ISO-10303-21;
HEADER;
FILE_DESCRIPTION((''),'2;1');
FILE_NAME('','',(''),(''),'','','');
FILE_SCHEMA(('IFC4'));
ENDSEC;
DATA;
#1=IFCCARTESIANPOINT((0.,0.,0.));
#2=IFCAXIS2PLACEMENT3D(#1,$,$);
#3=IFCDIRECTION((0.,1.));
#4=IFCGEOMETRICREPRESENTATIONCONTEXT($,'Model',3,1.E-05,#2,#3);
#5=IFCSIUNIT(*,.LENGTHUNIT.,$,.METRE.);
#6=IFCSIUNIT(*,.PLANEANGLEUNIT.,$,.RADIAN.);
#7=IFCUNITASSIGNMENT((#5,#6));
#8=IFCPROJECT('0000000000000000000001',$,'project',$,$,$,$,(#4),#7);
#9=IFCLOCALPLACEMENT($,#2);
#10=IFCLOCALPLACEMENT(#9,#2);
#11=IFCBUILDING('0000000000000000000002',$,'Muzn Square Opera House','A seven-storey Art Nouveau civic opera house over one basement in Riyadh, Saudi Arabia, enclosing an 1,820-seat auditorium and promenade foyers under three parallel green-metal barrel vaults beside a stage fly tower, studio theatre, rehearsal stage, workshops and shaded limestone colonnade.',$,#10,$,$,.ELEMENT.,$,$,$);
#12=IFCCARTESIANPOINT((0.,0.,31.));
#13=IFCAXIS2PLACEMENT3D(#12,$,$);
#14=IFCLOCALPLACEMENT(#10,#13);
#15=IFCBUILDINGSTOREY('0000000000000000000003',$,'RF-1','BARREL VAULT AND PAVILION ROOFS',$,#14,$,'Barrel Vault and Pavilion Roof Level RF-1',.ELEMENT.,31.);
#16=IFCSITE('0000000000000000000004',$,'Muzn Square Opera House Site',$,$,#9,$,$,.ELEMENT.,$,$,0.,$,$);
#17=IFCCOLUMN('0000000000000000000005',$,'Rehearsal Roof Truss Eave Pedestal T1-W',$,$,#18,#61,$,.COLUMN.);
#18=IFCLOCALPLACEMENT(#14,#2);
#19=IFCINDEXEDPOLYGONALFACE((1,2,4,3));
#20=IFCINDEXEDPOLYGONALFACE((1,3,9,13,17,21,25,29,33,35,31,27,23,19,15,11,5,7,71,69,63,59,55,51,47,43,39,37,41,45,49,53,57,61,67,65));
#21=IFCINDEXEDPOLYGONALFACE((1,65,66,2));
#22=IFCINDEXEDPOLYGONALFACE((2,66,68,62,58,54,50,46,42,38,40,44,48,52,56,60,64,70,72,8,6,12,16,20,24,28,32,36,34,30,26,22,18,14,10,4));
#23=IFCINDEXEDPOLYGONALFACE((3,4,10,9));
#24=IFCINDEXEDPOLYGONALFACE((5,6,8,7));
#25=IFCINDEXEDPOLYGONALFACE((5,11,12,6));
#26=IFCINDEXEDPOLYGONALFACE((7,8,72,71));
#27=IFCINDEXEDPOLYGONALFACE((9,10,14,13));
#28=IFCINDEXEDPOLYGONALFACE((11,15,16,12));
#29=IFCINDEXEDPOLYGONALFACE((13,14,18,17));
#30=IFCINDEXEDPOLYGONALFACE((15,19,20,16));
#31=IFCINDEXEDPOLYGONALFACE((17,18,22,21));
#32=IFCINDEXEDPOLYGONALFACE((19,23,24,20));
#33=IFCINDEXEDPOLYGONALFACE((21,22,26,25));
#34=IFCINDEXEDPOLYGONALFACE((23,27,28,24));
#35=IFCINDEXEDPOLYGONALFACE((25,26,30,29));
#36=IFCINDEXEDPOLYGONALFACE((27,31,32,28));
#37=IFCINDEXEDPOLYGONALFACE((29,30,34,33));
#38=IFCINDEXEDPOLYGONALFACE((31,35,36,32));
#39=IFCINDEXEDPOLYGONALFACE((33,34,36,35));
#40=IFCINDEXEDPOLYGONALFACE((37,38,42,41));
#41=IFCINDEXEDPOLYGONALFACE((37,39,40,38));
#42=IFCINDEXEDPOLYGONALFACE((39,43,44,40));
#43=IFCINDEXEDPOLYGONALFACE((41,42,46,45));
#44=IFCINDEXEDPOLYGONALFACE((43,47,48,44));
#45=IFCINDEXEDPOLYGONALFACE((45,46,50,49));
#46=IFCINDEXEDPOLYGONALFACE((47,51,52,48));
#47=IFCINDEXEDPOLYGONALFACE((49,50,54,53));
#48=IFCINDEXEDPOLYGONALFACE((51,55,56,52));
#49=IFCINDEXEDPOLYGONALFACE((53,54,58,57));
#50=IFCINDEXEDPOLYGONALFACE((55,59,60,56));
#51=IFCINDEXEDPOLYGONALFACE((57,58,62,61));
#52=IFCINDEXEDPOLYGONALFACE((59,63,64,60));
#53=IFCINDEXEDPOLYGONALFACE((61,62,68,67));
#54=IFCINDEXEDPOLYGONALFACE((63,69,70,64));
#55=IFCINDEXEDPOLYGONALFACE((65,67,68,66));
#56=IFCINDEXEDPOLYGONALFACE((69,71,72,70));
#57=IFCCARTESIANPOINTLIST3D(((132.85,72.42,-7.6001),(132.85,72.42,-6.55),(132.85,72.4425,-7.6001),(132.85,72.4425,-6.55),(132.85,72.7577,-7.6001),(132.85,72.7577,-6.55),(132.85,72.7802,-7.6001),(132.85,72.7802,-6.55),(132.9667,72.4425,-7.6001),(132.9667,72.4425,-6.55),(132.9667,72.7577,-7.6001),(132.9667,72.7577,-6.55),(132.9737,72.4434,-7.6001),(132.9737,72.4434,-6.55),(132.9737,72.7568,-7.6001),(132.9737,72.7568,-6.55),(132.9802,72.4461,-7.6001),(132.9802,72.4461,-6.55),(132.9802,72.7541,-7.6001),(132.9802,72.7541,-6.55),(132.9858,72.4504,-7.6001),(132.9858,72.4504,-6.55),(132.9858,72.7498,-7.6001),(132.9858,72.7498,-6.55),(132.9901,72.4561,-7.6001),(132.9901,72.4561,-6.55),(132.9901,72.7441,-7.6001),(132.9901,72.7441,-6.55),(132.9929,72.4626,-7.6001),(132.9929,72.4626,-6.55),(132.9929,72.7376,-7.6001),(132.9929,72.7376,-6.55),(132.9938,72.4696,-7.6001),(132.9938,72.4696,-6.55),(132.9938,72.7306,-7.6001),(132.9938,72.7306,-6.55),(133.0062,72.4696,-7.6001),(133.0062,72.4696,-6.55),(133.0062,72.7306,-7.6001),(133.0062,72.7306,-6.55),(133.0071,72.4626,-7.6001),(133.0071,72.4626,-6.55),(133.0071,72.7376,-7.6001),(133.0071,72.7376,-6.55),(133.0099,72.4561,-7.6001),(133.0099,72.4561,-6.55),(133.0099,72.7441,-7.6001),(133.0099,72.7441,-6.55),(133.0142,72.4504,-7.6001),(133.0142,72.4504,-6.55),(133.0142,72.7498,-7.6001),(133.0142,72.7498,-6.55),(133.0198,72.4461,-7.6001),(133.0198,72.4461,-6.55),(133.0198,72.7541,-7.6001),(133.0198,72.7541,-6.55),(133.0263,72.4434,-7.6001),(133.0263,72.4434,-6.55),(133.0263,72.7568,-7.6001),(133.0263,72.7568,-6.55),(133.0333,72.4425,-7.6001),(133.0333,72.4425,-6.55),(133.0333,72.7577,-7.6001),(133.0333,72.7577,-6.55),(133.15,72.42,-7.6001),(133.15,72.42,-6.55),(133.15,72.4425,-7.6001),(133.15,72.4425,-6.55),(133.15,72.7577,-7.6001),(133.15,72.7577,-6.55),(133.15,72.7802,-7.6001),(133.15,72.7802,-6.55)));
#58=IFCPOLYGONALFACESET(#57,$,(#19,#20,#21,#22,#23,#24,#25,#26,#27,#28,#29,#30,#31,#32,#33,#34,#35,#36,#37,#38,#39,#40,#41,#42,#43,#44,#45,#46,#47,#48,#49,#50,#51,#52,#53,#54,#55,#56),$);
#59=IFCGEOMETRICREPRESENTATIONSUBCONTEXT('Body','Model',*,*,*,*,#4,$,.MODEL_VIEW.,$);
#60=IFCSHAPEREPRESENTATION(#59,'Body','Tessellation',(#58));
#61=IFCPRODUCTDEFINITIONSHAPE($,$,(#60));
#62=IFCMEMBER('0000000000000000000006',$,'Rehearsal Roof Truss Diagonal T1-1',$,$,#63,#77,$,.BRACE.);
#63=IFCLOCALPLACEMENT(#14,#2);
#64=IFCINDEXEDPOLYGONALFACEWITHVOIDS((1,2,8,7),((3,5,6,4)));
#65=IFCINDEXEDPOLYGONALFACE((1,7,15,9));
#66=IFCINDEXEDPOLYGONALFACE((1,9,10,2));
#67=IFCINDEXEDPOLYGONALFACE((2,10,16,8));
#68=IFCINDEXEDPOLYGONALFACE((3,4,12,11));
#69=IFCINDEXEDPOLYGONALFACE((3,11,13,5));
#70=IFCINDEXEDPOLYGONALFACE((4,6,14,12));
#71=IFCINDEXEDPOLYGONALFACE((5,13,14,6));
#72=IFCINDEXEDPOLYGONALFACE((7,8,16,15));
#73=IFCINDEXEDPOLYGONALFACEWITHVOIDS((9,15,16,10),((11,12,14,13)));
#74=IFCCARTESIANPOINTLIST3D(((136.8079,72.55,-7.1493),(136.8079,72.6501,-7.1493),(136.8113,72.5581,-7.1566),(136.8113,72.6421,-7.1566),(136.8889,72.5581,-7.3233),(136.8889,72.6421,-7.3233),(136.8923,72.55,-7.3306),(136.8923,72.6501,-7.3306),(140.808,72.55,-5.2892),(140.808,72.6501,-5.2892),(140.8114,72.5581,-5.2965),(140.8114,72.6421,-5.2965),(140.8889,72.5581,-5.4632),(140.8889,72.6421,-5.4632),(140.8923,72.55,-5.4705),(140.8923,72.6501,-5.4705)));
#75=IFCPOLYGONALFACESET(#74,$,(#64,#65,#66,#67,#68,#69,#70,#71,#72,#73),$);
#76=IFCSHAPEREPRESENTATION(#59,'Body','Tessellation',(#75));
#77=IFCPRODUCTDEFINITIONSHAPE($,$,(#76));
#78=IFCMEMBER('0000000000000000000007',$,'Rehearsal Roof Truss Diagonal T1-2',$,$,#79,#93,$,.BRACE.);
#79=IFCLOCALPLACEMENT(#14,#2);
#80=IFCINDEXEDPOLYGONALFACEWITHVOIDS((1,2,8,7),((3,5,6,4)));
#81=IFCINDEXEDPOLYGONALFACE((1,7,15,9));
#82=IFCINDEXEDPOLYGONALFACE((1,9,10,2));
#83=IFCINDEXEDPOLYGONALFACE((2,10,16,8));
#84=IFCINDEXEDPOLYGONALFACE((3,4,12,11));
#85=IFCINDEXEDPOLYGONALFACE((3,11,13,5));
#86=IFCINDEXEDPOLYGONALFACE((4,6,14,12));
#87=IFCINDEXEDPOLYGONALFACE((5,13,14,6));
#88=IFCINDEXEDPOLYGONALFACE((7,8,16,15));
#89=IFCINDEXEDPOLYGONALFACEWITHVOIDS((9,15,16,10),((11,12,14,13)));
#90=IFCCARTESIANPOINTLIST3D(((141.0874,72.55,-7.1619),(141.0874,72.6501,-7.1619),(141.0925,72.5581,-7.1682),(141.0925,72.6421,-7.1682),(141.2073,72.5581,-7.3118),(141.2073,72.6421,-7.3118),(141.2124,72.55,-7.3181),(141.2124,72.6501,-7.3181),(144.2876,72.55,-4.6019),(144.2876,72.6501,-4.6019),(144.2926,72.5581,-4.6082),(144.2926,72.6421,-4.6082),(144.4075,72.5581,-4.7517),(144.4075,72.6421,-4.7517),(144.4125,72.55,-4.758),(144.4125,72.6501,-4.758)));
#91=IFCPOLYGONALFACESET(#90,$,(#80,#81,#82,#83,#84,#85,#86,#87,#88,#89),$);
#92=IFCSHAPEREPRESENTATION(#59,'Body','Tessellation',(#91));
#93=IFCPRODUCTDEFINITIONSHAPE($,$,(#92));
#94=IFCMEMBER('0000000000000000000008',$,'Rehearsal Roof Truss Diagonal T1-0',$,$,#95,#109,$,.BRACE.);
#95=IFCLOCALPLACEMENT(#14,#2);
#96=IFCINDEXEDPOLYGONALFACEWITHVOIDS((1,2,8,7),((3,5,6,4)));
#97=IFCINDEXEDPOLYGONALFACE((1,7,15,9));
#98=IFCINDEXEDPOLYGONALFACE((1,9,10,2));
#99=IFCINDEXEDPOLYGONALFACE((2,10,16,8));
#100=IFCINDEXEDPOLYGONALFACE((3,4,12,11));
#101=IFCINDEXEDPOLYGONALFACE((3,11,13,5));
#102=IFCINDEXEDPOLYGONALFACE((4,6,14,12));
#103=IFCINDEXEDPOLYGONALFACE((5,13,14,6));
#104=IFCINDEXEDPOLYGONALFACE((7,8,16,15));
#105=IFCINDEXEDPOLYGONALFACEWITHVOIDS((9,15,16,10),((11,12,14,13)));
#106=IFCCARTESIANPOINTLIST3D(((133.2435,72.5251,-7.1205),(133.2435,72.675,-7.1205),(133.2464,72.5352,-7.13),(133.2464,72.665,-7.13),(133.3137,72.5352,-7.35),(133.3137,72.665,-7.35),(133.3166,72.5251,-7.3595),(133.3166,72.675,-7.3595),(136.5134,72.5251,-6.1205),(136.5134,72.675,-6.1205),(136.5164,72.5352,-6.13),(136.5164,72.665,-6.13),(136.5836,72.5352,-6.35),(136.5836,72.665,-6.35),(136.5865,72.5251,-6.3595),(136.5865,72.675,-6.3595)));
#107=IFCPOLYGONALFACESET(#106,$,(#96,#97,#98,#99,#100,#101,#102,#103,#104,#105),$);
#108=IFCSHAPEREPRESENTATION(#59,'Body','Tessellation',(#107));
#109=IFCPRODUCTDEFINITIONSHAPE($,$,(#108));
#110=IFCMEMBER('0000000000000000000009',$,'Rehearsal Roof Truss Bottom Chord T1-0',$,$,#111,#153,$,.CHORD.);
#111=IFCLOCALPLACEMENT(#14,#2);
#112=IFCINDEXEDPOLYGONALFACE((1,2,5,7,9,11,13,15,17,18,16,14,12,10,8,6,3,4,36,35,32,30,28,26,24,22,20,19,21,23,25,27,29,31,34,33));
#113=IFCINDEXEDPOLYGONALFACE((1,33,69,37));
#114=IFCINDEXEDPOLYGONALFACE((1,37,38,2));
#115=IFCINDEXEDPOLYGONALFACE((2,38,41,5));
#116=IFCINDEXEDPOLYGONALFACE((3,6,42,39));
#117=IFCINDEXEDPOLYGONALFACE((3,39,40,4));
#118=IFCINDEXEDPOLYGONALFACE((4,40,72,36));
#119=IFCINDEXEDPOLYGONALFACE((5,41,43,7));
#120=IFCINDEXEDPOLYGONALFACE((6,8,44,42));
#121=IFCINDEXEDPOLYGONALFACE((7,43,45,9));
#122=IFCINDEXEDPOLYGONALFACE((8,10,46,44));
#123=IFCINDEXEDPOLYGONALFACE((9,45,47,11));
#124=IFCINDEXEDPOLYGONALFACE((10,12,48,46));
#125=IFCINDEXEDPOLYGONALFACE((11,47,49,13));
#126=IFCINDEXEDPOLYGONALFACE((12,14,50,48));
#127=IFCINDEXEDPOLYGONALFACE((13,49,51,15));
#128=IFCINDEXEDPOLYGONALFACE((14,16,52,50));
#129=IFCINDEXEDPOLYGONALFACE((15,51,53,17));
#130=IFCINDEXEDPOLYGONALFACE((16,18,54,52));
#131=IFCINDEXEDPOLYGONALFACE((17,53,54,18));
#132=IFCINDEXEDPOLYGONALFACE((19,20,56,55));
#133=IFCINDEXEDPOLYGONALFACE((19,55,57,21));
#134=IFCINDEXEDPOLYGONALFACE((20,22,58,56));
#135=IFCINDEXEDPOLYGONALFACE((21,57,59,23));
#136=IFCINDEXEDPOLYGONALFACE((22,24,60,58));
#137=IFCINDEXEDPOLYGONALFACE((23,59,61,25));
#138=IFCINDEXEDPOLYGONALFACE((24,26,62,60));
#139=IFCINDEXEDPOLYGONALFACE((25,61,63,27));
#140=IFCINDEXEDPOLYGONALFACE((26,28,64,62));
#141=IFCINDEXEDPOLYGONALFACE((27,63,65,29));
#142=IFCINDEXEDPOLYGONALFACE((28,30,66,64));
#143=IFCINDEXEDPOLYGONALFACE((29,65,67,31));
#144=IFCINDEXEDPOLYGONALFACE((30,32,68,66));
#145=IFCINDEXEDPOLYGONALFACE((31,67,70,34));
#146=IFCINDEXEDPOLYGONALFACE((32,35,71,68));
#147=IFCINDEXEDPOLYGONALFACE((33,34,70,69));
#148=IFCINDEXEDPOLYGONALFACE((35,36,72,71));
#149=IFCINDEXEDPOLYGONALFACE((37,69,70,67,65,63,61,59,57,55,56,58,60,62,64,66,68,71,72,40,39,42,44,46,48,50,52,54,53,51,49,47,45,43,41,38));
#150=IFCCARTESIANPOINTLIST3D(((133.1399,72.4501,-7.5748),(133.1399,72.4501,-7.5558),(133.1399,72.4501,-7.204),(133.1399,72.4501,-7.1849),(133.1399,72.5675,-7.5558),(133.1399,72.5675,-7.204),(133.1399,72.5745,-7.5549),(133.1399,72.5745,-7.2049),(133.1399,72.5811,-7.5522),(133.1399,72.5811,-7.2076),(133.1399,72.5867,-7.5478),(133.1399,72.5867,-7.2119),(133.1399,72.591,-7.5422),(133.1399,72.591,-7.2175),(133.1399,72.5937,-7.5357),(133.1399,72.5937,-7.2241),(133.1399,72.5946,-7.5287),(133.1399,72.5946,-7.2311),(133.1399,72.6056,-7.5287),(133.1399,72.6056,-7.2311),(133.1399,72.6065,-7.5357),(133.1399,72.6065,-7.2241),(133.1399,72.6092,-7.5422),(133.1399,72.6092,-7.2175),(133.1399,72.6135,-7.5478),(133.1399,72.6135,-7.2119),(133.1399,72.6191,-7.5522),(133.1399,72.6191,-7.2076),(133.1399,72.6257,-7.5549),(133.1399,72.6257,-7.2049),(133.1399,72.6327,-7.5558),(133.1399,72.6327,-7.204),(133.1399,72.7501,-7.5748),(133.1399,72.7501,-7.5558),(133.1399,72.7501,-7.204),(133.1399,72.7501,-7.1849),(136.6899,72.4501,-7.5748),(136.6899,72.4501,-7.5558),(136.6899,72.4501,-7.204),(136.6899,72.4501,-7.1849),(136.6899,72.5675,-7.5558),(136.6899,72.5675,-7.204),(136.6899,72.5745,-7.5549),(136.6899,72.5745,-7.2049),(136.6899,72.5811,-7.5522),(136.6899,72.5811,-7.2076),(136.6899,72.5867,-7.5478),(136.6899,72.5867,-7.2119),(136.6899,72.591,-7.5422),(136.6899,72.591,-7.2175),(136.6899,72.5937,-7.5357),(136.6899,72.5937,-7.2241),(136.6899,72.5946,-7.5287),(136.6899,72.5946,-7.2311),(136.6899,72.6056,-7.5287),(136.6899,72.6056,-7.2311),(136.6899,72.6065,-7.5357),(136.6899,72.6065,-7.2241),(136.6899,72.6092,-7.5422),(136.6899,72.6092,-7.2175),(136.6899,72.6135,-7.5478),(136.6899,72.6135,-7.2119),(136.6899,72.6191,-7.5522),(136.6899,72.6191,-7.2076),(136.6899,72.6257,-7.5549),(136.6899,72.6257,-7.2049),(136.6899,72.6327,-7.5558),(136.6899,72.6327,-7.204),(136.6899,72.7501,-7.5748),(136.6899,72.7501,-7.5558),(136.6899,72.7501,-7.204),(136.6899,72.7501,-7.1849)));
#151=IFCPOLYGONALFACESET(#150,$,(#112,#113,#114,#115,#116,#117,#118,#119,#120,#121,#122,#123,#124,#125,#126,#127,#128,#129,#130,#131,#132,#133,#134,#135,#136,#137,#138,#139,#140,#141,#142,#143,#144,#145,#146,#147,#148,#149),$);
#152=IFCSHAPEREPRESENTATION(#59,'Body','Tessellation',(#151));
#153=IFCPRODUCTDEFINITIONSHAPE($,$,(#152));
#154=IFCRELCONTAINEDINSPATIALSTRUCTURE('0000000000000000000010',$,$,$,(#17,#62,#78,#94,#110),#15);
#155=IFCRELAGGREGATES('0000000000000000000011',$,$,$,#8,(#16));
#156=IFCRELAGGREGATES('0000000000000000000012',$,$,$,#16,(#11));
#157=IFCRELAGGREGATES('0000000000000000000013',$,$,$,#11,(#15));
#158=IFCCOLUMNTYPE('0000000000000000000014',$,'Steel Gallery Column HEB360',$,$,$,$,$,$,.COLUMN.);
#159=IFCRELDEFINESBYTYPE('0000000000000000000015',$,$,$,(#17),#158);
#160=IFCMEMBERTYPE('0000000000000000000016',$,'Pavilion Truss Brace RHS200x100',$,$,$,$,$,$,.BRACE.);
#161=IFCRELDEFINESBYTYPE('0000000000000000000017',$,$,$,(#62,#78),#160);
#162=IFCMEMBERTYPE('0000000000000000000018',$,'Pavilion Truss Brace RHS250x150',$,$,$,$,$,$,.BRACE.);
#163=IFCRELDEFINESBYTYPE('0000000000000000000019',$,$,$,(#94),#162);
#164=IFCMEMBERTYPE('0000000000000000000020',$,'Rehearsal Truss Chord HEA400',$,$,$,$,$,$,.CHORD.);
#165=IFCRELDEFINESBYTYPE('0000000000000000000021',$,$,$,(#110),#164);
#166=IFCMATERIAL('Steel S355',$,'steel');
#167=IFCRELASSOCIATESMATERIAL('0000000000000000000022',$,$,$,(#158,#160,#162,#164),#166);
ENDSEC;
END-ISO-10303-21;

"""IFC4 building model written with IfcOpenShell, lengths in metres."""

from ifc_helpers import new_model, si_unit, direction, frame, origin, origin_2d, place, context, subcontext, project, spatial, hollow_rectangle, i_section, extrude, material, material_profile, profile_set, type_object, element, save


model = new_model("IFC4")

# Units and contexts
model_context = context("Model", 3, precision=1e-05, world=origin(), true_north=direction((0.0, 1.0)))
body_context = subcontext(model_context, "Body", "Model", "MODEL_VIEW")
ifc_project = project(units=[si_unit("LENGTHUNIT", "METRE"), si_unit("PLANEANGLEUNIT", "RADIAN")], contexts=[model_context])

# Site, building, storey
site_placement = place(None, origin())
site = spatial("IfcSite", under=ifc_project, at=site_placement, Name="Muzn Square Opera House Site", CompositionType="ELEMENT", RefElevation=0.0)
building_placement = place(site_placement, origin())
building = spatial("IfcBuilding", under=site, at=building_placement, Name="Muzn Square Opera House", Description="A seven-storey Art Nouveau civic opera house over one basement in Riyadh, Saudi Arabia, enclosing an 1,820-seat auditorium and promenade foyers under three parallel green-metal barrel vaults beside a stage fly tower, studio theatre, rehearsal stage, workshops and shaded limestone colonnade.", CompositionType="ELEMENT")
storey_placement = place(building_placement, frame((0.0, 0.0, 31.0)))
storey = spatial("IfcBuildingStorey", under=building, at=storey_placement, Name="RF-1", Description="BARREL VAULT AND PAVILION ROOFS", LongName="Barrel Vault and Pavilion Roof Level RF-1", CompositionType="ELEMENT", Elevation=31.0)

# Column
ifc_material_1 = material(Name="Steel S355", Category="steel")
ifc_material_profile_1 = material_profile(ifc_material_1, i_section(OverallWidth=0.3, OverallDepth=0.3601, WebThickness=0.0125, FlangeThickness=0.0225, FilletRadius=0.0271, at=origin_2d()), Name="HEB 360", Category="steel")
ifc_profile_set_1 = profile_set([ifc_material_profile_1], Name="Steel S355")
column_type = type_object("IfcColumnType", Name="Steel Gallery Column HEB360", PredefinedType="COLUMN", material=ifc_profile_set_1)
column_placement = place(storey_placement, frame((133.0, 72.6001, -7.6001), z_axis=(0.0, 0.0, 1.0), x_axis=(1.0, 0.0, 0.0)))
element("IfcColumn", 1, at=column_placement, inside=storey, type_object=column_type, Name="Rehearsal Roof Truss Eave Pedestal T1-W", PredefinedType="COLUMN", context=body_context, shape_type="SweptSolid", body=[
    extrude(i_section(OverallWidth=0.3, OverallDepth=0.3601, WebThickness=0.0125, FlangeThickness=0.0225, FilletRadius=0.0271, at=origin_2d()), origin(), (0.0, 0.0, 1.0), 1.05),
])

# Members
ifc_material_profile_2 = material_profile(ifc_material_1, hollow_rectangle(XDim=0.1001, YDim=0.2, WallThickness=0.0081, at=origin_2d()), Name="RHS 200x100x8", Category="steel")
ifc_profile_set_2 = profile_set([ifc_material_profile_2], Name="Steel S355")
member_type_1 = type_object("IfcMemberType", Name="Pavilion Truss Brace RHS200x100", PredefinedType="BRACE", material=ifc_profile_set_2)
member_1_placement = place(storey_placement, frame((136.8501, 72.6001, -7.24), z_axis=(0.906752, 0.0, 0.421664), x_axis=(0.0, 1.0, 0.0)))
element("IfcMember", 2, at=member_1_placement, inside=storey, type_object=member_type_1, Name="Rehearsal Roof Truss Diagonal T1-1", PredefinedType="BRACE", context=body_context, shape_type="SweptSolid", body=[
    extrude(hollow_rectangle(XDim=0.1001, YDim=0.2, WallThickness=0.0081, at=origin_2d()), origin(), (0.0, 0.0, 1.0), 4.4114),
])
member_2_placement = place(storey_placement, frame((141.1499, 72.6001, -7.24), z_axis=(0.78088, 0.0, 0.624681), x_axis=(0.0, 1.0, 0.0)))
element("IfcMember", 3, at=member_2_placement, inside=storey, type_object=member_type_1, Name="Rehearsal Roof Truss Diagonal T1-2", PredefinedType="BRACE", context=body_context, shape_type="SweptSolid", body=[
    extrude(hollow_rectangle(XDim=0.1001, YDim=0.2, WallThickness=0.0081, at=origin_2d()), origin(), (0.0, 0.0, 1.0), 4.0981),
])
ifc_material_profile_3 = material_profile(ifc_material_1, hollow_rectangle(XDim=0.1499, YDim=0.25, WallThickness=0.01, at=origin_2d()), Name="RHS 250x150x10", Category="steel")
ifc_profile_set_3 = profile_set([ifc_material_profile_3], Name="Steel S355")
member_type_2 = type_object("IfcMemberType", Name="Pavilion Truss Brace RHS250x150", PredefinedType="BRACE", material=ifc_profile_set_3)
member_3_placement = place(storey_placement, frame((133.28, 72.6001, -7.24), z_axis=(0.956284, 0.0, 0.29244), x_axis=(0.0, 1.0, 0.0)))
element("IfcMember", 4, at=member_3_placement, inside=storey, type_object=member_type_2, Name="Rehearsal Roof Truss Diagonal T1-0", PredefinedType="BRACE", context=body_context, shape_type="SweptSolid", body=[
    extrude(hollow_rectangle(XDim=0.1499, YDim=0.25, WallThickness=0.01, at=origin_2d()), origin(), (0.0, 0.0, 1.0), 3.4194),
])
ifc_material_profile_4 = material_profile(ifc_material_1, i_section(OverallWidth=0.3, OverallDepth=0.3899, WebThickness=0.011, FlangeThickness=0.019, FilletRadius=0.0271, at=origin_2d()), Name="HEA 400", Category="steel")
ifc_profile_set_4 = profile_set([ifc_material_profile_4], Name="Steel S355")
member_type_3 = type_object("IfcMemberType", Name="Rehearsal Truss Chord HEA400", PredefinedType="CHORD", material=ifc_profile_set_4)
member_4_placement = place(storey_placement, frame((133.1399, 72.6001, -7.3799), z_axis=(1.0, 0.0, 0.0), x_axis=(0.0, 1.0, 0.0)))
element("IfcMember", 5, at=member_4_placement, inside=storey, type_object=member_type_3, Name="Rehearsal Roof Truss Bottom Chord T1-0", PredefinedType="CHORD", context=body_context, shape_type="SweptSolid", body=[
    extrude(i_section(OverallWidth=0.3, OverallDepth=0.3899, WebThickness=0.011, FlangeThickness=0.019, FilletRadius=0.0271, at=origin_2d()), origin(), (0.0, 0.0, 1.0), 3.55),
])

save(model, "model.ifc")
